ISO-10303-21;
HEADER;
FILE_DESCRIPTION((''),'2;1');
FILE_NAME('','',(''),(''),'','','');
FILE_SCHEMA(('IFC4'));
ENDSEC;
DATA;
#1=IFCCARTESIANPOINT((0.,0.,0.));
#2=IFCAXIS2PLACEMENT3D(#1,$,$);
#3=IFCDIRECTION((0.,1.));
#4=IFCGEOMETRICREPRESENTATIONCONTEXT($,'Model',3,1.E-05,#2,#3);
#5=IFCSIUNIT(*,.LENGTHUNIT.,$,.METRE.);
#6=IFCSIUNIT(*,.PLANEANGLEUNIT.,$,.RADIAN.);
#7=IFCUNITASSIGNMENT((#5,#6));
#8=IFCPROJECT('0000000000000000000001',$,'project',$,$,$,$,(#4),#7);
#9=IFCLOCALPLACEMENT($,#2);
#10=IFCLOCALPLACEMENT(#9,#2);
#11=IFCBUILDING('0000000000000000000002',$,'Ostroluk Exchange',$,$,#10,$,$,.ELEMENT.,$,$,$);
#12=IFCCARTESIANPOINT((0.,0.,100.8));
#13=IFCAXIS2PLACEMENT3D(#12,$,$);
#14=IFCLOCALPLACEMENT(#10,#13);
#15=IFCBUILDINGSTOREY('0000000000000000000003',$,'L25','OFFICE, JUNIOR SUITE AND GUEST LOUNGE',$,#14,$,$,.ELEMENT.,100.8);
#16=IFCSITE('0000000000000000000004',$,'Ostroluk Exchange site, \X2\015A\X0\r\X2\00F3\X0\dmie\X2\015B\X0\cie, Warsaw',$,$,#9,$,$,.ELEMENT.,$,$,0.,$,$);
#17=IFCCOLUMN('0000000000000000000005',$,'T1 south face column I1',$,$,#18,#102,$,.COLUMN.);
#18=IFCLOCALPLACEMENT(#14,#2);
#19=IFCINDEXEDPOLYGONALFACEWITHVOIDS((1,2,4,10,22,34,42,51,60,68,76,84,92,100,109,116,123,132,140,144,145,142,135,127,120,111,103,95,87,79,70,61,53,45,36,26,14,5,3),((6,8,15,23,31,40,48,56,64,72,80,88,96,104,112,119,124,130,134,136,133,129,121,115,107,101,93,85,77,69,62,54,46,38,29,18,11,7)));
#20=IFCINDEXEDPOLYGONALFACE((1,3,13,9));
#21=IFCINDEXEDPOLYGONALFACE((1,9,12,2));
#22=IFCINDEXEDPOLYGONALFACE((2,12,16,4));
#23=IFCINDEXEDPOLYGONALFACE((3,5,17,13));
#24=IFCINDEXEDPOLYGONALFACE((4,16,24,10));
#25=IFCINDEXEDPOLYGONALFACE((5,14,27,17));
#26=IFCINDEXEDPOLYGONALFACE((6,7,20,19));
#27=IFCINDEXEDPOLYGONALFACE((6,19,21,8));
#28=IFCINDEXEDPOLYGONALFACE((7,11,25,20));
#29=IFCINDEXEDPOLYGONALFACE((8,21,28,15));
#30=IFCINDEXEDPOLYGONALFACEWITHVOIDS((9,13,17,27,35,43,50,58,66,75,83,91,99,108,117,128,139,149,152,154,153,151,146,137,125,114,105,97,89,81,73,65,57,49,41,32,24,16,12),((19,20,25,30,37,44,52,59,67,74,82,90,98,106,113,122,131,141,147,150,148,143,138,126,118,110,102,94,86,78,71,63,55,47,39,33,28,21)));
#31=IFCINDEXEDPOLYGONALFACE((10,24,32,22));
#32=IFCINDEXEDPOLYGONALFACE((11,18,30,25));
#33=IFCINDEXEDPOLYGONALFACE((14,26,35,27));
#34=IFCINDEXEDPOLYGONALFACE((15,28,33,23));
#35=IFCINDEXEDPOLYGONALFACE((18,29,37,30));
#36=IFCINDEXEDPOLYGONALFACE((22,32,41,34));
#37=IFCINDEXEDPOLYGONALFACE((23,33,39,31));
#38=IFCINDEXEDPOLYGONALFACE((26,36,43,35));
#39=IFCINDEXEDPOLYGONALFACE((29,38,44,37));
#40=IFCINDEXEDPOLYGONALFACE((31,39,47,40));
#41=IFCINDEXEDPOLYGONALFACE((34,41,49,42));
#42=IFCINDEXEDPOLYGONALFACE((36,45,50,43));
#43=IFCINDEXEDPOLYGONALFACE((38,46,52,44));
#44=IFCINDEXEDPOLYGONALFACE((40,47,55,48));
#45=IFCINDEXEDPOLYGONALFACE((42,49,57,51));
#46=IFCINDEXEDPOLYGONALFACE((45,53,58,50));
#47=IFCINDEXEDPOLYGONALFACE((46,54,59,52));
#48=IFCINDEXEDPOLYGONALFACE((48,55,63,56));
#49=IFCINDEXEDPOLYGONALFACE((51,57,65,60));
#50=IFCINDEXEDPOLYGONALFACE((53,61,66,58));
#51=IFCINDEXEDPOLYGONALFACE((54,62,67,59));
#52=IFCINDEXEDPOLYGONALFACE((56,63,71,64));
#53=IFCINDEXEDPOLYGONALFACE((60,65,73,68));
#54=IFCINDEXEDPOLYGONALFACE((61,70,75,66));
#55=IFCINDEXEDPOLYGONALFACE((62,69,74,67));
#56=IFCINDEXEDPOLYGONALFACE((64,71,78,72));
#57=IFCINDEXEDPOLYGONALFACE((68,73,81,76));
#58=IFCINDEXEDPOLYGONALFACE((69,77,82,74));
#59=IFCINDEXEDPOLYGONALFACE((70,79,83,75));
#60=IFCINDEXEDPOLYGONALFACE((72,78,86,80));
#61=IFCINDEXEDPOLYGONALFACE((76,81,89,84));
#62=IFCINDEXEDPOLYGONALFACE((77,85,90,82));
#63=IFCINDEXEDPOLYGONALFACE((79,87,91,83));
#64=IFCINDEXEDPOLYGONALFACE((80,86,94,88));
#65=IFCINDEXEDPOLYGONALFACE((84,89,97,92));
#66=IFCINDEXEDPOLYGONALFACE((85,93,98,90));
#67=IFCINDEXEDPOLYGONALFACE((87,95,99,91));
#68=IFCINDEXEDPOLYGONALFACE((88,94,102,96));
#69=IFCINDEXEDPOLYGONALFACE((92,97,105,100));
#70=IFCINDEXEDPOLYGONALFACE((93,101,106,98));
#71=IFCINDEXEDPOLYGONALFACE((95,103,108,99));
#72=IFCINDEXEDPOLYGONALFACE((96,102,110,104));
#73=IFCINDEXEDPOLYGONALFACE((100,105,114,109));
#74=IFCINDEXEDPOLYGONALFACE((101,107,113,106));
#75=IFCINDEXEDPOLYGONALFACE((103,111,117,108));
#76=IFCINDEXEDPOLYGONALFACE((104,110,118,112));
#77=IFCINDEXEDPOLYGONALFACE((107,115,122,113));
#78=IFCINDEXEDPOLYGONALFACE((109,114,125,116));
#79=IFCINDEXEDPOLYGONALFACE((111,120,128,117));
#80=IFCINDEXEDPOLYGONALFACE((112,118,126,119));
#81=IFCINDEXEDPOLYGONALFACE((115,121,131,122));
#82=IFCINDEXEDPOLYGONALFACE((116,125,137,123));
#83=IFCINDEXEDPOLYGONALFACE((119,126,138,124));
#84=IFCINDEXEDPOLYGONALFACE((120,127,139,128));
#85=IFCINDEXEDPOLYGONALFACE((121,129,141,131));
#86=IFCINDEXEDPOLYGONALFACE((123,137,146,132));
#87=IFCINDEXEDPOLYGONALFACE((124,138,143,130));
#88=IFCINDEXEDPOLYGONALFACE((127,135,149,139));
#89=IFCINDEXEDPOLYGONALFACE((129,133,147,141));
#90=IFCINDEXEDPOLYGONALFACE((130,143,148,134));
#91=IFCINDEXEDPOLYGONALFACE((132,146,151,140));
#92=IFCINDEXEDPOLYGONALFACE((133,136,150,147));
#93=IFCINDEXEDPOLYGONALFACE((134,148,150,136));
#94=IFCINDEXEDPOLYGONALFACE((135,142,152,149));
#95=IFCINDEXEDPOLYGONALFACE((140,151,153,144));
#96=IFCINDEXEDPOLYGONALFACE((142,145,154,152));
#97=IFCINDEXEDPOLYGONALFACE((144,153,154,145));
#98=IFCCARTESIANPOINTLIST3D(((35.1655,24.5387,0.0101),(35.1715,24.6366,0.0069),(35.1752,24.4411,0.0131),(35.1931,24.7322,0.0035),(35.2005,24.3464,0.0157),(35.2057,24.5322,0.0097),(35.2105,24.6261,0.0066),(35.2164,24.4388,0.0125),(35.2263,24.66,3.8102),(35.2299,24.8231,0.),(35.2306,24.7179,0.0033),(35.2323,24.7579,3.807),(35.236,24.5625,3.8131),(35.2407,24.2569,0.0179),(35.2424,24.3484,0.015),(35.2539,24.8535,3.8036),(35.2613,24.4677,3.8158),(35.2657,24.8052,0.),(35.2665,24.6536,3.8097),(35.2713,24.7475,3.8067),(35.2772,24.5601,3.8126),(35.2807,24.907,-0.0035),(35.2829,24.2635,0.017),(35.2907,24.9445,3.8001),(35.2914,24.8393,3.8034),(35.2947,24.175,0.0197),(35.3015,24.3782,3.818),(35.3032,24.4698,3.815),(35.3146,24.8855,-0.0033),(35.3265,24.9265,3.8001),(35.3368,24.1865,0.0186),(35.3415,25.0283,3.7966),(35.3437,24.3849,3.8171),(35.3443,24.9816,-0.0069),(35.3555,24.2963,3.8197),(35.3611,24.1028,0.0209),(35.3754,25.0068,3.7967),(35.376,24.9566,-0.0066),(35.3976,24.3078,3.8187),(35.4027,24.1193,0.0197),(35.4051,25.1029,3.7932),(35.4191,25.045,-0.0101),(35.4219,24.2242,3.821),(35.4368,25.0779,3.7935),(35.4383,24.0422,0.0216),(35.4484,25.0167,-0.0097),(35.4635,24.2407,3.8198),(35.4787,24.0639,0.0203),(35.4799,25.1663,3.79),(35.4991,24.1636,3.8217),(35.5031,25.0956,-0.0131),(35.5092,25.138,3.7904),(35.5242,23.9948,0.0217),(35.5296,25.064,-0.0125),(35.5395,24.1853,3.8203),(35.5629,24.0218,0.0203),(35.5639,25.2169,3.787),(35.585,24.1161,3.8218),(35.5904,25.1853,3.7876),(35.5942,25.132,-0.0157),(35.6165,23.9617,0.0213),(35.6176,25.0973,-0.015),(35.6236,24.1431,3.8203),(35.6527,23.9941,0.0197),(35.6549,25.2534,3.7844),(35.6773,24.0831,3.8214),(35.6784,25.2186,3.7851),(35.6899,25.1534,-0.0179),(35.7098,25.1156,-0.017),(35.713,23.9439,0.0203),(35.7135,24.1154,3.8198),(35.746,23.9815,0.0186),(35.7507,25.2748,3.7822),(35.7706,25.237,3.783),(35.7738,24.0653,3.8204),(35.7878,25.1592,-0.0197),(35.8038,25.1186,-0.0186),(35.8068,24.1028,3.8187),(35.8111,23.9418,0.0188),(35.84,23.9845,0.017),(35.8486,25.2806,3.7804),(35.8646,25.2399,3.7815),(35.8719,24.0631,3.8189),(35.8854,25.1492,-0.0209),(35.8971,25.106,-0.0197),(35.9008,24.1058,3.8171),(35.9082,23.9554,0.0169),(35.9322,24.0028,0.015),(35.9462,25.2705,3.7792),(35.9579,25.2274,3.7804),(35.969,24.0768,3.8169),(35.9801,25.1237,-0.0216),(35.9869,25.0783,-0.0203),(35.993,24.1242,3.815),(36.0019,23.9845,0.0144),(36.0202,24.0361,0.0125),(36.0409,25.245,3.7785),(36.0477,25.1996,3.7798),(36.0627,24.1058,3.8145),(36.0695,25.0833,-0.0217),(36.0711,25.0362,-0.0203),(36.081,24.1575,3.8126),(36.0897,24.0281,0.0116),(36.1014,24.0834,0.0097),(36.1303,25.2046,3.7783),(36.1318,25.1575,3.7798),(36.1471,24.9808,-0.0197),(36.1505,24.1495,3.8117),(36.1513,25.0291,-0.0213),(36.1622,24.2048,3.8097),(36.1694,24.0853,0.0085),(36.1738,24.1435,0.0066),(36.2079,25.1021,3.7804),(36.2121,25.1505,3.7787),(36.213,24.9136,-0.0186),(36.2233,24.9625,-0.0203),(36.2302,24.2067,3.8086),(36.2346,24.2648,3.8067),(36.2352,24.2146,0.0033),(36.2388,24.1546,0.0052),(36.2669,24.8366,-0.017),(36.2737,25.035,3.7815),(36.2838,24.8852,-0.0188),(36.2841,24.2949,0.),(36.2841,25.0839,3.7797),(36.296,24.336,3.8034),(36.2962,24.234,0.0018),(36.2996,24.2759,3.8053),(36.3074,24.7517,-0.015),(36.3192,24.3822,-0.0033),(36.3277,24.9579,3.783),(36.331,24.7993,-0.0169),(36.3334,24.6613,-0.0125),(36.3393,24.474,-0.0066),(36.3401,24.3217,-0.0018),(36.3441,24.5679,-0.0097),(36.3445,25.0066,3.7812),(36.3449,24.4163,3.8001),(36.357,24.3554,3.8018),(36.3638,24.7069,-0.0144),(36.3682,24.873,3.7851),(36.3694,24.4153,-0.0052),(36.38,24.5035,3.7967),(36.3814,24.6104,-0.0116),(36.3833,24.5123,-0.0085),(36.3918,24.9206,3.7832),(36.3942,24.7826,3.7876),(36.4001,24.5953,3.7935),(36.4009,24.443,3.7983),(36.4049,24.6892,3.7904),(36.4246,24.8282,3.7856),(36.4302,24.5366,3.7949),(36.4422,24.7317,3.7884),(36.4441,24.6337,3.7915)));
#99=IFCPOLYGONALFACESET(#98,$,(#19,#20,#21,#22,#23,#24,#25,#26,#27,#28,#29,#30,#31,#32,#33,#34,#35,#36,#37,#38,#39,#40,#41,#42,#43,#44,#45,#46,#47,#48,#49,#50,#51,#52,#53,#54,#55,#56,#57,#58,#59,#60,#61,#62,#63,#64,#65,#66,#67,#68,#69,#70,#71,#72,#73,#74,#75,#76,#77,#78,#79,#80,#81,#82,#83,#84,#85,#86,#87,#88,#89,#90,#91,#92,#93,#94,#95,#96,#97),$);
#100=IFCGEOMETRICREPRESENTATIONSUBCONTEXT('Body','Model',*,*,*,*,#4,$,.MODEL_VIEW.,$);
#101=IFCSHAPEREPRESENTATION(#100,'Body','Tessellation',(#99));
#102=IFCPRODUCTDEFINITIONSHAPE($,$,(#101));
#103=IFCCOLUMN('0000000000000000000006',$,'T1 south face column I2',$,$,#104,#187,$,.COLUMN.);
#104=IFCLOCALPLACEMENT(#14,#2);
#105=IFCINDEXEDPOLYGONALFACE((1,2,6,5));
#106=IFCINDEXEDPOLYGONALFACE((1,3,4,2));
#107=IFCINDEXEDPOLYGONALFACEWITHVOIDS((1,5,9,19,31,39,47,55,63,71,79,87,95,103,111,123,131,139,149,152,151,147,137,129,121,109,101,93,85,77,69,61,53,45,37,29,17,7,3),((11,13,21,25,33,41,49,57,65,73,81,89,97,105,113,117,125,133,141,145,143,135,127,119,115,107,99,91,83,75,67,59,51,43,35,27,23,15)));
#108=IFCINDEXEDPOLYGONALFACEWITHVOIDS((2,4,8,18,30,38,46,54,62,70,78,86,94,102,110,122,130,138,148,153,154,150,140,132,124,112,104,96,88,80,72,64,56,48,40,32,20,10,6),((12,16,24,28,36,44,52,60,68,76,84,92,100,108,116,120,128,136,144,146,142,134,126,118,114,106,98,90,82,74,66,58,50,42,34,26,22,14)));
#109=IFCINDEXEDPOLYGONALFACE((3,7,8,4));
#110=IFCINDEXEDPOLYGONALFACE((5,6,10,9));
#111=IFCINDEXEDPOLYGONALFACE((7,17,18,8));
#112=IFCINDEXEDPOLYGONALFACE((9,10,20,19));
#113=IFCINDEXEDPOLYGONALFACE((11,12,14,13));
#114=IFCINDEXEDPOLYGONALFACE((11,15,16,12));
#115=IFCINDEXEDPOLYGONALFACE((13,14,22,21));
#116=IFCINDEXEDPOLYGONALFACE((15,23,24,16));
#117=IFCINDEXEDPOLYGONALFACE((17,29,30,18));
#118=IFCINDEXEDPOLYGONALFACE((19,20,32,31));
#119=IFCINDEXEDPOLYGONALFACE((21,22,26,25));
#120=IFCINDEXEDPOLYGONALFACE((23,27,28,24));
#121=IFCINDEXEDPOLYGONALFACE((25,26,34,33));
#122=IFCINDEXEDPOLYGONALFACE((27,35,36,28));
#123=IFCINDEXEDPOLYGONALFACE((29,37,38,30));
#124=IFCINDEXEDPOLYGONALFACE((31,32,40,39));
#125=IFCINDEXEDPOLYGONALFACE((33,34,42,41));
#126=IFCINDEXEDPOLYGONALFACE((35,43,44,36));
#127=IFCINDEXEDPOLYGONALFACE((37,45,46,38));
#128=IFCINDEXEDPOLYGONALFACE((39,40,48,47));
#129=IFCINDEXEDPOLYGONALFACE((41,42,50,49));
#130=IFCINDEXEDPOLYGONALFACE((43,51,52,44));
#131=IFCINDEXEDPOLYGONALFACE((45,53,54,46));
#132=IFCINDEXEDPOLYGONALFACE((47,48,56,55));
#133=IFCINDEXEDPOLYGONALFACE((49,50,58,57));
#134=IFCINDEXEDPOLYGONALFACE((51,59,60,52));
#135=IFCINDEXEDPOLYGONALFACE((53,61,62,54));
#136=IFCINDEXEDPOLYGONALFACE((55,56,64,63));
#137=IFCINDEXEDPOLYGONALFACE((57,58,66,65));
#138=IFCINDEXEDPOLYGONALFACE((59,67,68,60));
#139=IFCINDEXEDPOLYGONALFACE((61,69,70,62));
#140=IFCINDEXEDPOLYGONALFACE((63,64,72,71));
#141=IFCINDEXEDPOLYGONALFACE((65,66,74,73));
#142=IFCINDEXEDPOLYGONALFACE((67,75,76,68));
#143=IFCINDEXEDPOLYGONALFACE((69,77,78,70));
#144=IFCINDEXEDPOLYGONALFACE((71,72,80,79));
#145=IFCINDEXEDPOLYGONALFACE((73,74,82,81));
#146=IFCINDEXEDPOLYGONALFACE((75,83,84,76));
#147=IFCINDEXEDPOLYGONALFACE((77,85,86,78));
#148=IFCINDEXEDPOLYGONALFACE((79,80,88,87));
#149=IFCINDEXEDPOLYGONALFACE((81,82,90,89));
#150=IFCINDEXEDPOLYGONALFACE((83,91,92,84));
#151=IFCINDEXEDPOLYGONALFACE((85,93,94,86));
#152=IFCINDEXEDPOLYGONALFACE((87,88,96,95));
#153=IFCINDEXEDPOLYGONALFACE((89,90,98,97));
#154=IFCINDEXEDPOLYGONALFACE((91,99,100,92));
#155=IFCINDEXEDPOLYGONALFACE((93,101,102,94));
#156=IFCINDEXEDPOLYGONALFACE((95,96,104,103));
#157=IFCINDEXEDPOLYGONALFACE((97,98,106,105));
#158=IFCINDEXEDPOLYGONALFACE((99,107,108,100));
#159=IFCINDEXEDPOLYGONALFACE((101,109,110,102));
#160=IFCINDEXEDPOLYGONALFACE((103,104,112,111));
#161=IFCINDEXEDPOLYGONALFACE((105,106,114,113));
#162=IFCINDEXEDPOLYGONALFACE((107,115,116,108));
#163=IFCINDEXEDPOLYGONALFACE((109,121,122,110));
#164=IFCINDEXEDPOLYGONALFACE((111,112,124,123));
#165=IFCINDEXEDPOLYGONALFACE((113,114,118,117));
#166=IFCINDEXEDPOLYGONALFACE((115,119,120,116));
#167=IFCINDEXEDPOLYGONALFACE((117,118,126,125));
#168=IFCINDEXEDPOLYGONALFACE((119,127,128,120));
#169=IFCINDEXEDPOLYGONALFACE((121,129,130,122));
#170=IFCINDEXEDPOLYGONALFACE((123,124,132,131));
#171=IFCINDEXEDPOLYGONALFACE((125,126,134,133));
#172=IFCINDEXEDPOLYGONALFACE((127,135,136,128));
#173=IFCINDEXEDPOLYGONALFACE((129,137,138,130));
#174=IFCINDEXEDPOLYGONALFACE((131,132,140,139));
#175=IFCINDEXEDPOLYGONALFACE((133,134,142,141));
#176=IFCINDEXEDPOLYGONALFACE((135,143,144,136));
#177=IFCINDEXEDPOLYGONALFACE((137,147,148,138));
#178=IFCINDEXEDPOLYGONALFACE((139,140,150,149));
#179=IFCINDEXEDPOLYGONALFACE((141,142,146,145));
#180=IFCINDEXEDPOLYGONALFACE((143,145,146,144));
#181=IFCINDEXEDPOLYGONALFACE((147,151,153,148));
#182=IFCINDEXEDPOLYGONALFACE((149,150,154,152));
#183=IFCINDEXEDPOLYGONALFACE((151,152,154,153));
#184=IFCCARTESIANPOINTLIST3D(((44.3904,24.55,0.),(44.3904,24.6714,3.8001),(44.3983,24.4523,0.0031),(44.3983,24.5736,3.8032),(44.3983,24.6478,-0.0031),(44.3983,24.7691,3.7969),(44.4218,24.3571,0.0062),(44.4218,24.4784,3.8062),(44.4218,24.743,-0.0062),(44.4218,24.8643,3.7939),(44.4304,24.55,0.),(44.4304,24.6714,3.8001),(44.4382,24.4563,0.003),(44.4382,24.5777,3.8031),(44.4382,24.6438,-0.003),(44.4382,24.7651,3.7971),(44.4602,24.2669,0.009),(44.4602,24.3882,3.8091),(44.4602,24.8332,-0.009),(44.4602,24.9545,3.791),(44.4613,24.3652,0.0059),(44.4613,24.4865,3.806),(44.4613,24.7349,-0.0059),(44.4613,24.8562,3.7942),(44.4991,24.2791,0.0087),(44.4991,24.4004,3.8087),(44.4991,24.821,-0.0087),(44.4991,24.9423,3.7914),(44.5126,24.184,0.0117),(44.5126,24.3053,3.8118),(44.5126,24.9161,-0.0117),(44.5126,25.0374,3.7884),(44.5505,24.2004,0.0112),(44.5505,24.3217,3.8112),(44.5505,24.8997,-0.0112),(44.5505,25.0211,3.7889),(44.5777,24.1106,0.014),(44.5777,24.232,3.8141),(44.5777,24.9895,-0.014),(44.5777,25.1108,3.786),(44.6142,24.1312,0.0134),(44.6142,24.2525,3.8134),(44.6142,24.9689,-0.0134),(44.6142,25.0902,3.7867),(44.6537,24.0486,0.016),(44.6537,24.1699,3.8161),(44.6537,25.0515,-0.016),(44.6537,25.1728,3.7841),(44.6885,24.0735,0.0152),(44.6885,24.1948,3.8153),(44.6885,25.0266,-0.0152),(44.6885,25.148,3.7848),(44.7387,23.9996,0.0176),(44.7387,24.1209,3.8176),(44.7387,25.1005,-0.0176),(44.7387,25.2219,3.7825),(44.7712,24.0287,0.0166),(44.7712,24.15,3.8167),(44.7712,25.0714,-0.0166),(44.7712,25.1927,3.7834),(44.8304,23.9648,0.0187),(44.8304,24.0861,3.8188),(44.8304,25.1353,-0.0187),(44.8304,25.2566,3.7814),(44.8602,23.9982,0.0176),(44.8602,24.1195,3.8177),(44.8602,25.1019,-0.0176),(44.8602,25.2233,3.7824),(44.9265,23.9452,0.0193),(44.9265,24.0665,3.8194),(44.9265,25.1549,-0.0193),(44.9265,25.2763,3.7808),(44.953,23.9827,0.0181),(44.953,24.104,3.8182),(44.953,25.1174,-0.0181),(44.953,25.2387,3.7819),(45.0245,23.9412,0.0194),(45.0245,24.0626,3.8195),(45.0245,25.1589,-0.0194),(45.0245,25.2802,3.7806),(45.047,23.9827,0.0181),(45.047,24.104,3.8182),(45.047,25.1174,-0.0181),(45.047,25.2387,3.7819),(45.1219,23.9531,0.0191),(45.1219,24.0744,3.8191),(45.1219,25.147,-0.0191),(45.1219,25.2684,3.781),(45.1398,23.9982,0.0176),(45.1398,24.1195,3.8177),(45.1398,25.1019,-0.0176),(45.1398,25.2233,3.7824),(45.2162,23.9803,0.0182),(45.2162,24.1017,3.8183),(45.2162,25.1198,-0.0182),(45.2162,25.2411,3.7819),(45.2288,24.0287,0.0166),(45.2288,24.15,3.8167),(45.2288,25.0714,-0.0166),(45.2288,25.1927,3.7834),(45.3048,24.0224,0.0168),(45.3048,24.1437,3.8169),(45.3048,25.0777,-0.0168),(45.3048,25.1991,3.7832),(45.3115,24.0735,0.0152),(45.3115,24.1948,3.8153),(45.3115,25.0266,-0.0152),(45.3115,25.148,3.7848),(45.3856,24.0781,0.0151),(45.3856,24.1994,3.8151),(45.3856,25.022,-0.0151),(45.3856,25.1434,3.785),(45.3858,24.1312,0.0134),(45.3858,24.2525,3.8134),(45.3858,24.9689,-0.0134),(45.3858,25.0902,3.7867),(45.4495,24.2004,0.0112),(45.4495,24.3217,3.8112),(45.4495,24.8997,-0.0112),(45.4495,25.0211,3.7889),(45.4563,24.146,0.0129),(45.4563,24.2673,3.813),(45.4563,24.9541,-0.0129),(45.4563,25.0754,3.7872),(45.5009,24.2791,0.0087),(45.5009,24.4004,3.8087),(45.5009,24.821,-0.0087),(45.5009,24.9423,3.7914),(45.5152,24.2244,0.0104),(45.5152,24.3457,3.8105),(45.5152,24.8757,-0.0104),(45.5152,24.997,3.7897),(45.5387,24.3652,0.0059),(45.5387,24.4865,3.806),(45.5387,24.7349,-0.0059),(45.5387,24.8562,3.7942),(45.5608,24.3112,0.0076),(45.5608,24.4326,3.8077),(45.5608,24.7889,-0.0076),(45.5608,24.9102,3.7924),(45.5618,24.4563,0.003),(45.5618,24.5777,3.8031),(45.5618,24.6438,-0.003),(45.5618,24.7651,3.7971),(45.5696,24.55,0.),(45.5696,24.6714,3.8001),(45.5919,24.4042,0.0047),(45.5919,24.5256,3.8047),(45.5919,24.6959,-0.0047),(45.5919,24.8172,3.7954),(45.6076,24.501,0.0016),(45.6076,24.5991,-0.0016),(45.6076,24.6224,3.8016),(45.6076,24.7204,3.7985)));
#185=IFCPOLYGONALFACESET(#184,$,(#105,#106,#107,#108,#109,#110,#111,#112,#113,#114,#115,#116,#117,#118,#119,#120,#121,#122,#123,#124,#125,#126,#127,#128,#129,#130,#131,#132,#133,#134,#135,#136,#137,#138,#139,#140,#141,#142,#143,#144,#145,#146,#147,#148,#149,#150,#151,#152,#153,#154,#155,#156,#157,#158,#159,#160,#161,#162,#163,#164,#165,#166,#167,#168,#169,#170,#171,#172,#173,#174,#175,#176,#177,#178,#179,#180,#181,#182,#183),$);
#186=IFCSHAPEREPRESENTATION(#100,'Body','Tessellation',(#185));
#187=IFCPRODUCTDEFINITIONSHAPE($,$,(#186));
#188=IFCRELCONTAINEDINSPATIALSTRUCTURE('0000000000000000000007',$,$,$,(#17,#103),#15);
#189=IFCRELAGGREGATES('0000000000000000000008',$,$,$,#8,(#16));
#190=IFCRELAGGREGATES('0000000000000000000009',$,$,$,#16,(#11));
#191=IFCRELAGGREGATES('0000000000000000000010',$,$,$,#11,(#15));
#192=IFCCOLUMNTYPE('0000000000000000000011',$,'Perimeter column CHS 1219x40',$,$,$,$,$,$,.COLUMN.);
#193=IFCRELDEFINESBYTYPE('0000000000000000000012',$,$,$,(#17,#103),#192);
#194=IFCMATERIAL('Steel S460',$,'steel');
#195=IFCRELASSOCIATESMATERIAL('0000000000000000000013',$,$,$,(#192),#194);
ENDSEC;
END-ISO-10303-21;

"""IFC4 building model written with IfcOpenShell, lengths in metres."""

from ifc_helpers import new_model, si_unit, direction, frame, origin, origin_2d, place, context, subcontext, project, spatial, hollow_circle, extrude, material, material_profile, profile_set, type_object, element, save


model = new_model("IFC4")

# Units and contexts
model_context = context("Model", 3, precision=1e-05, world=origin(), true_north=direction((0.0, 1.0)))
body_context = subcontext(model_context, "Body", "Model", "MODEL_VIEW")
ifc_project = project(units=[si_unit("LENGTHUNIT", "METRE"), si_unit("PLANEANGLEUNIT", "RADIAN")], contexts=[model_context])

# Site, building, storey
site_placement = place(None, origin())
site = spatial("IfcSite", under=ifc_project, at=site_placement, Name="Ostroluk Exchange site, Śródmieście, Warsaw", CompositionType="ELEMENT", RefElevation=0.0)
building_placement = place(site_placement, origin())
building = spatial("IfcBuilding", under=site, at=building_placement, Name="Ostroluk Exchange", CompositionType="ELEMENT")
storey_placement = place(building_placement, frame((0.0, 0.0, 100.8)))
storey = spatial("IfcBuildingStorey", under=building, at=storey_placement, Name="L25", Description="OFFICE, JUNIOR SUITE AND GUEST LOUNGE", CompositionType="ELEMENT", Elevation=100.8)

# Columns
ifc_material_1 = material(Name="Steel S460", Category="steel")
ifc_material_profile_1 = material_profile(ifc_material_1, hollow_circle(Radius=0.6096, WallThickness=0.04, at=origin_2d()), Name="CHS 1219x40")
ifc_profile_set_1 = profile_set([ifc_material_profile_1], Name="Steel S460")
column_type = type_object("IfcColumnType", Name="Perimeter column CHS 1219x40", PredefinedType="COLUMN", material=ifc_profile_set_1)
column_1_placement = place(storey_placement, frame((35.7749, 24.55, 0.0), z_axis=(0.015987, 0.03191, 0.999363), x_axis=(-0.894067, 0.447933, 0.0)))
element("IfcColumn", 1, at=column_1_placement, inside=storey, type_object=column_type, Name="T1 south face column I1", PredefinedType="COLUMN", context=body_context, shape_type="SweptSolid", body=[
    extrude(hollow_circle(Radius=0.6096, WallThickness=0.04, at=origin_2d()), origin(), (0.0, 0.0, 1.0), 3.8025),
])
column_2_placement = place(storey_placement, frame((45.0, 24.55, 0.0), z_axis=(0.0, 0.031914, 0.999491), x_axis=(-1.0, 0.0, 0.0)))
element("IfcColumn", 2, at=column_2_placement, inside=storey, type_object=column_type, Name="T1 south face column I2", PredefinedType="COLUMN", context=body_context, shape_type="SweptSolid", body=[
    extrude(hollow_circle(Radius=0.6096, WallThickness=0.04, at=origin_2d()), origin(), (0.0, 0.0, 1.0), 3.802),
])

save(model, "model.ifc")
